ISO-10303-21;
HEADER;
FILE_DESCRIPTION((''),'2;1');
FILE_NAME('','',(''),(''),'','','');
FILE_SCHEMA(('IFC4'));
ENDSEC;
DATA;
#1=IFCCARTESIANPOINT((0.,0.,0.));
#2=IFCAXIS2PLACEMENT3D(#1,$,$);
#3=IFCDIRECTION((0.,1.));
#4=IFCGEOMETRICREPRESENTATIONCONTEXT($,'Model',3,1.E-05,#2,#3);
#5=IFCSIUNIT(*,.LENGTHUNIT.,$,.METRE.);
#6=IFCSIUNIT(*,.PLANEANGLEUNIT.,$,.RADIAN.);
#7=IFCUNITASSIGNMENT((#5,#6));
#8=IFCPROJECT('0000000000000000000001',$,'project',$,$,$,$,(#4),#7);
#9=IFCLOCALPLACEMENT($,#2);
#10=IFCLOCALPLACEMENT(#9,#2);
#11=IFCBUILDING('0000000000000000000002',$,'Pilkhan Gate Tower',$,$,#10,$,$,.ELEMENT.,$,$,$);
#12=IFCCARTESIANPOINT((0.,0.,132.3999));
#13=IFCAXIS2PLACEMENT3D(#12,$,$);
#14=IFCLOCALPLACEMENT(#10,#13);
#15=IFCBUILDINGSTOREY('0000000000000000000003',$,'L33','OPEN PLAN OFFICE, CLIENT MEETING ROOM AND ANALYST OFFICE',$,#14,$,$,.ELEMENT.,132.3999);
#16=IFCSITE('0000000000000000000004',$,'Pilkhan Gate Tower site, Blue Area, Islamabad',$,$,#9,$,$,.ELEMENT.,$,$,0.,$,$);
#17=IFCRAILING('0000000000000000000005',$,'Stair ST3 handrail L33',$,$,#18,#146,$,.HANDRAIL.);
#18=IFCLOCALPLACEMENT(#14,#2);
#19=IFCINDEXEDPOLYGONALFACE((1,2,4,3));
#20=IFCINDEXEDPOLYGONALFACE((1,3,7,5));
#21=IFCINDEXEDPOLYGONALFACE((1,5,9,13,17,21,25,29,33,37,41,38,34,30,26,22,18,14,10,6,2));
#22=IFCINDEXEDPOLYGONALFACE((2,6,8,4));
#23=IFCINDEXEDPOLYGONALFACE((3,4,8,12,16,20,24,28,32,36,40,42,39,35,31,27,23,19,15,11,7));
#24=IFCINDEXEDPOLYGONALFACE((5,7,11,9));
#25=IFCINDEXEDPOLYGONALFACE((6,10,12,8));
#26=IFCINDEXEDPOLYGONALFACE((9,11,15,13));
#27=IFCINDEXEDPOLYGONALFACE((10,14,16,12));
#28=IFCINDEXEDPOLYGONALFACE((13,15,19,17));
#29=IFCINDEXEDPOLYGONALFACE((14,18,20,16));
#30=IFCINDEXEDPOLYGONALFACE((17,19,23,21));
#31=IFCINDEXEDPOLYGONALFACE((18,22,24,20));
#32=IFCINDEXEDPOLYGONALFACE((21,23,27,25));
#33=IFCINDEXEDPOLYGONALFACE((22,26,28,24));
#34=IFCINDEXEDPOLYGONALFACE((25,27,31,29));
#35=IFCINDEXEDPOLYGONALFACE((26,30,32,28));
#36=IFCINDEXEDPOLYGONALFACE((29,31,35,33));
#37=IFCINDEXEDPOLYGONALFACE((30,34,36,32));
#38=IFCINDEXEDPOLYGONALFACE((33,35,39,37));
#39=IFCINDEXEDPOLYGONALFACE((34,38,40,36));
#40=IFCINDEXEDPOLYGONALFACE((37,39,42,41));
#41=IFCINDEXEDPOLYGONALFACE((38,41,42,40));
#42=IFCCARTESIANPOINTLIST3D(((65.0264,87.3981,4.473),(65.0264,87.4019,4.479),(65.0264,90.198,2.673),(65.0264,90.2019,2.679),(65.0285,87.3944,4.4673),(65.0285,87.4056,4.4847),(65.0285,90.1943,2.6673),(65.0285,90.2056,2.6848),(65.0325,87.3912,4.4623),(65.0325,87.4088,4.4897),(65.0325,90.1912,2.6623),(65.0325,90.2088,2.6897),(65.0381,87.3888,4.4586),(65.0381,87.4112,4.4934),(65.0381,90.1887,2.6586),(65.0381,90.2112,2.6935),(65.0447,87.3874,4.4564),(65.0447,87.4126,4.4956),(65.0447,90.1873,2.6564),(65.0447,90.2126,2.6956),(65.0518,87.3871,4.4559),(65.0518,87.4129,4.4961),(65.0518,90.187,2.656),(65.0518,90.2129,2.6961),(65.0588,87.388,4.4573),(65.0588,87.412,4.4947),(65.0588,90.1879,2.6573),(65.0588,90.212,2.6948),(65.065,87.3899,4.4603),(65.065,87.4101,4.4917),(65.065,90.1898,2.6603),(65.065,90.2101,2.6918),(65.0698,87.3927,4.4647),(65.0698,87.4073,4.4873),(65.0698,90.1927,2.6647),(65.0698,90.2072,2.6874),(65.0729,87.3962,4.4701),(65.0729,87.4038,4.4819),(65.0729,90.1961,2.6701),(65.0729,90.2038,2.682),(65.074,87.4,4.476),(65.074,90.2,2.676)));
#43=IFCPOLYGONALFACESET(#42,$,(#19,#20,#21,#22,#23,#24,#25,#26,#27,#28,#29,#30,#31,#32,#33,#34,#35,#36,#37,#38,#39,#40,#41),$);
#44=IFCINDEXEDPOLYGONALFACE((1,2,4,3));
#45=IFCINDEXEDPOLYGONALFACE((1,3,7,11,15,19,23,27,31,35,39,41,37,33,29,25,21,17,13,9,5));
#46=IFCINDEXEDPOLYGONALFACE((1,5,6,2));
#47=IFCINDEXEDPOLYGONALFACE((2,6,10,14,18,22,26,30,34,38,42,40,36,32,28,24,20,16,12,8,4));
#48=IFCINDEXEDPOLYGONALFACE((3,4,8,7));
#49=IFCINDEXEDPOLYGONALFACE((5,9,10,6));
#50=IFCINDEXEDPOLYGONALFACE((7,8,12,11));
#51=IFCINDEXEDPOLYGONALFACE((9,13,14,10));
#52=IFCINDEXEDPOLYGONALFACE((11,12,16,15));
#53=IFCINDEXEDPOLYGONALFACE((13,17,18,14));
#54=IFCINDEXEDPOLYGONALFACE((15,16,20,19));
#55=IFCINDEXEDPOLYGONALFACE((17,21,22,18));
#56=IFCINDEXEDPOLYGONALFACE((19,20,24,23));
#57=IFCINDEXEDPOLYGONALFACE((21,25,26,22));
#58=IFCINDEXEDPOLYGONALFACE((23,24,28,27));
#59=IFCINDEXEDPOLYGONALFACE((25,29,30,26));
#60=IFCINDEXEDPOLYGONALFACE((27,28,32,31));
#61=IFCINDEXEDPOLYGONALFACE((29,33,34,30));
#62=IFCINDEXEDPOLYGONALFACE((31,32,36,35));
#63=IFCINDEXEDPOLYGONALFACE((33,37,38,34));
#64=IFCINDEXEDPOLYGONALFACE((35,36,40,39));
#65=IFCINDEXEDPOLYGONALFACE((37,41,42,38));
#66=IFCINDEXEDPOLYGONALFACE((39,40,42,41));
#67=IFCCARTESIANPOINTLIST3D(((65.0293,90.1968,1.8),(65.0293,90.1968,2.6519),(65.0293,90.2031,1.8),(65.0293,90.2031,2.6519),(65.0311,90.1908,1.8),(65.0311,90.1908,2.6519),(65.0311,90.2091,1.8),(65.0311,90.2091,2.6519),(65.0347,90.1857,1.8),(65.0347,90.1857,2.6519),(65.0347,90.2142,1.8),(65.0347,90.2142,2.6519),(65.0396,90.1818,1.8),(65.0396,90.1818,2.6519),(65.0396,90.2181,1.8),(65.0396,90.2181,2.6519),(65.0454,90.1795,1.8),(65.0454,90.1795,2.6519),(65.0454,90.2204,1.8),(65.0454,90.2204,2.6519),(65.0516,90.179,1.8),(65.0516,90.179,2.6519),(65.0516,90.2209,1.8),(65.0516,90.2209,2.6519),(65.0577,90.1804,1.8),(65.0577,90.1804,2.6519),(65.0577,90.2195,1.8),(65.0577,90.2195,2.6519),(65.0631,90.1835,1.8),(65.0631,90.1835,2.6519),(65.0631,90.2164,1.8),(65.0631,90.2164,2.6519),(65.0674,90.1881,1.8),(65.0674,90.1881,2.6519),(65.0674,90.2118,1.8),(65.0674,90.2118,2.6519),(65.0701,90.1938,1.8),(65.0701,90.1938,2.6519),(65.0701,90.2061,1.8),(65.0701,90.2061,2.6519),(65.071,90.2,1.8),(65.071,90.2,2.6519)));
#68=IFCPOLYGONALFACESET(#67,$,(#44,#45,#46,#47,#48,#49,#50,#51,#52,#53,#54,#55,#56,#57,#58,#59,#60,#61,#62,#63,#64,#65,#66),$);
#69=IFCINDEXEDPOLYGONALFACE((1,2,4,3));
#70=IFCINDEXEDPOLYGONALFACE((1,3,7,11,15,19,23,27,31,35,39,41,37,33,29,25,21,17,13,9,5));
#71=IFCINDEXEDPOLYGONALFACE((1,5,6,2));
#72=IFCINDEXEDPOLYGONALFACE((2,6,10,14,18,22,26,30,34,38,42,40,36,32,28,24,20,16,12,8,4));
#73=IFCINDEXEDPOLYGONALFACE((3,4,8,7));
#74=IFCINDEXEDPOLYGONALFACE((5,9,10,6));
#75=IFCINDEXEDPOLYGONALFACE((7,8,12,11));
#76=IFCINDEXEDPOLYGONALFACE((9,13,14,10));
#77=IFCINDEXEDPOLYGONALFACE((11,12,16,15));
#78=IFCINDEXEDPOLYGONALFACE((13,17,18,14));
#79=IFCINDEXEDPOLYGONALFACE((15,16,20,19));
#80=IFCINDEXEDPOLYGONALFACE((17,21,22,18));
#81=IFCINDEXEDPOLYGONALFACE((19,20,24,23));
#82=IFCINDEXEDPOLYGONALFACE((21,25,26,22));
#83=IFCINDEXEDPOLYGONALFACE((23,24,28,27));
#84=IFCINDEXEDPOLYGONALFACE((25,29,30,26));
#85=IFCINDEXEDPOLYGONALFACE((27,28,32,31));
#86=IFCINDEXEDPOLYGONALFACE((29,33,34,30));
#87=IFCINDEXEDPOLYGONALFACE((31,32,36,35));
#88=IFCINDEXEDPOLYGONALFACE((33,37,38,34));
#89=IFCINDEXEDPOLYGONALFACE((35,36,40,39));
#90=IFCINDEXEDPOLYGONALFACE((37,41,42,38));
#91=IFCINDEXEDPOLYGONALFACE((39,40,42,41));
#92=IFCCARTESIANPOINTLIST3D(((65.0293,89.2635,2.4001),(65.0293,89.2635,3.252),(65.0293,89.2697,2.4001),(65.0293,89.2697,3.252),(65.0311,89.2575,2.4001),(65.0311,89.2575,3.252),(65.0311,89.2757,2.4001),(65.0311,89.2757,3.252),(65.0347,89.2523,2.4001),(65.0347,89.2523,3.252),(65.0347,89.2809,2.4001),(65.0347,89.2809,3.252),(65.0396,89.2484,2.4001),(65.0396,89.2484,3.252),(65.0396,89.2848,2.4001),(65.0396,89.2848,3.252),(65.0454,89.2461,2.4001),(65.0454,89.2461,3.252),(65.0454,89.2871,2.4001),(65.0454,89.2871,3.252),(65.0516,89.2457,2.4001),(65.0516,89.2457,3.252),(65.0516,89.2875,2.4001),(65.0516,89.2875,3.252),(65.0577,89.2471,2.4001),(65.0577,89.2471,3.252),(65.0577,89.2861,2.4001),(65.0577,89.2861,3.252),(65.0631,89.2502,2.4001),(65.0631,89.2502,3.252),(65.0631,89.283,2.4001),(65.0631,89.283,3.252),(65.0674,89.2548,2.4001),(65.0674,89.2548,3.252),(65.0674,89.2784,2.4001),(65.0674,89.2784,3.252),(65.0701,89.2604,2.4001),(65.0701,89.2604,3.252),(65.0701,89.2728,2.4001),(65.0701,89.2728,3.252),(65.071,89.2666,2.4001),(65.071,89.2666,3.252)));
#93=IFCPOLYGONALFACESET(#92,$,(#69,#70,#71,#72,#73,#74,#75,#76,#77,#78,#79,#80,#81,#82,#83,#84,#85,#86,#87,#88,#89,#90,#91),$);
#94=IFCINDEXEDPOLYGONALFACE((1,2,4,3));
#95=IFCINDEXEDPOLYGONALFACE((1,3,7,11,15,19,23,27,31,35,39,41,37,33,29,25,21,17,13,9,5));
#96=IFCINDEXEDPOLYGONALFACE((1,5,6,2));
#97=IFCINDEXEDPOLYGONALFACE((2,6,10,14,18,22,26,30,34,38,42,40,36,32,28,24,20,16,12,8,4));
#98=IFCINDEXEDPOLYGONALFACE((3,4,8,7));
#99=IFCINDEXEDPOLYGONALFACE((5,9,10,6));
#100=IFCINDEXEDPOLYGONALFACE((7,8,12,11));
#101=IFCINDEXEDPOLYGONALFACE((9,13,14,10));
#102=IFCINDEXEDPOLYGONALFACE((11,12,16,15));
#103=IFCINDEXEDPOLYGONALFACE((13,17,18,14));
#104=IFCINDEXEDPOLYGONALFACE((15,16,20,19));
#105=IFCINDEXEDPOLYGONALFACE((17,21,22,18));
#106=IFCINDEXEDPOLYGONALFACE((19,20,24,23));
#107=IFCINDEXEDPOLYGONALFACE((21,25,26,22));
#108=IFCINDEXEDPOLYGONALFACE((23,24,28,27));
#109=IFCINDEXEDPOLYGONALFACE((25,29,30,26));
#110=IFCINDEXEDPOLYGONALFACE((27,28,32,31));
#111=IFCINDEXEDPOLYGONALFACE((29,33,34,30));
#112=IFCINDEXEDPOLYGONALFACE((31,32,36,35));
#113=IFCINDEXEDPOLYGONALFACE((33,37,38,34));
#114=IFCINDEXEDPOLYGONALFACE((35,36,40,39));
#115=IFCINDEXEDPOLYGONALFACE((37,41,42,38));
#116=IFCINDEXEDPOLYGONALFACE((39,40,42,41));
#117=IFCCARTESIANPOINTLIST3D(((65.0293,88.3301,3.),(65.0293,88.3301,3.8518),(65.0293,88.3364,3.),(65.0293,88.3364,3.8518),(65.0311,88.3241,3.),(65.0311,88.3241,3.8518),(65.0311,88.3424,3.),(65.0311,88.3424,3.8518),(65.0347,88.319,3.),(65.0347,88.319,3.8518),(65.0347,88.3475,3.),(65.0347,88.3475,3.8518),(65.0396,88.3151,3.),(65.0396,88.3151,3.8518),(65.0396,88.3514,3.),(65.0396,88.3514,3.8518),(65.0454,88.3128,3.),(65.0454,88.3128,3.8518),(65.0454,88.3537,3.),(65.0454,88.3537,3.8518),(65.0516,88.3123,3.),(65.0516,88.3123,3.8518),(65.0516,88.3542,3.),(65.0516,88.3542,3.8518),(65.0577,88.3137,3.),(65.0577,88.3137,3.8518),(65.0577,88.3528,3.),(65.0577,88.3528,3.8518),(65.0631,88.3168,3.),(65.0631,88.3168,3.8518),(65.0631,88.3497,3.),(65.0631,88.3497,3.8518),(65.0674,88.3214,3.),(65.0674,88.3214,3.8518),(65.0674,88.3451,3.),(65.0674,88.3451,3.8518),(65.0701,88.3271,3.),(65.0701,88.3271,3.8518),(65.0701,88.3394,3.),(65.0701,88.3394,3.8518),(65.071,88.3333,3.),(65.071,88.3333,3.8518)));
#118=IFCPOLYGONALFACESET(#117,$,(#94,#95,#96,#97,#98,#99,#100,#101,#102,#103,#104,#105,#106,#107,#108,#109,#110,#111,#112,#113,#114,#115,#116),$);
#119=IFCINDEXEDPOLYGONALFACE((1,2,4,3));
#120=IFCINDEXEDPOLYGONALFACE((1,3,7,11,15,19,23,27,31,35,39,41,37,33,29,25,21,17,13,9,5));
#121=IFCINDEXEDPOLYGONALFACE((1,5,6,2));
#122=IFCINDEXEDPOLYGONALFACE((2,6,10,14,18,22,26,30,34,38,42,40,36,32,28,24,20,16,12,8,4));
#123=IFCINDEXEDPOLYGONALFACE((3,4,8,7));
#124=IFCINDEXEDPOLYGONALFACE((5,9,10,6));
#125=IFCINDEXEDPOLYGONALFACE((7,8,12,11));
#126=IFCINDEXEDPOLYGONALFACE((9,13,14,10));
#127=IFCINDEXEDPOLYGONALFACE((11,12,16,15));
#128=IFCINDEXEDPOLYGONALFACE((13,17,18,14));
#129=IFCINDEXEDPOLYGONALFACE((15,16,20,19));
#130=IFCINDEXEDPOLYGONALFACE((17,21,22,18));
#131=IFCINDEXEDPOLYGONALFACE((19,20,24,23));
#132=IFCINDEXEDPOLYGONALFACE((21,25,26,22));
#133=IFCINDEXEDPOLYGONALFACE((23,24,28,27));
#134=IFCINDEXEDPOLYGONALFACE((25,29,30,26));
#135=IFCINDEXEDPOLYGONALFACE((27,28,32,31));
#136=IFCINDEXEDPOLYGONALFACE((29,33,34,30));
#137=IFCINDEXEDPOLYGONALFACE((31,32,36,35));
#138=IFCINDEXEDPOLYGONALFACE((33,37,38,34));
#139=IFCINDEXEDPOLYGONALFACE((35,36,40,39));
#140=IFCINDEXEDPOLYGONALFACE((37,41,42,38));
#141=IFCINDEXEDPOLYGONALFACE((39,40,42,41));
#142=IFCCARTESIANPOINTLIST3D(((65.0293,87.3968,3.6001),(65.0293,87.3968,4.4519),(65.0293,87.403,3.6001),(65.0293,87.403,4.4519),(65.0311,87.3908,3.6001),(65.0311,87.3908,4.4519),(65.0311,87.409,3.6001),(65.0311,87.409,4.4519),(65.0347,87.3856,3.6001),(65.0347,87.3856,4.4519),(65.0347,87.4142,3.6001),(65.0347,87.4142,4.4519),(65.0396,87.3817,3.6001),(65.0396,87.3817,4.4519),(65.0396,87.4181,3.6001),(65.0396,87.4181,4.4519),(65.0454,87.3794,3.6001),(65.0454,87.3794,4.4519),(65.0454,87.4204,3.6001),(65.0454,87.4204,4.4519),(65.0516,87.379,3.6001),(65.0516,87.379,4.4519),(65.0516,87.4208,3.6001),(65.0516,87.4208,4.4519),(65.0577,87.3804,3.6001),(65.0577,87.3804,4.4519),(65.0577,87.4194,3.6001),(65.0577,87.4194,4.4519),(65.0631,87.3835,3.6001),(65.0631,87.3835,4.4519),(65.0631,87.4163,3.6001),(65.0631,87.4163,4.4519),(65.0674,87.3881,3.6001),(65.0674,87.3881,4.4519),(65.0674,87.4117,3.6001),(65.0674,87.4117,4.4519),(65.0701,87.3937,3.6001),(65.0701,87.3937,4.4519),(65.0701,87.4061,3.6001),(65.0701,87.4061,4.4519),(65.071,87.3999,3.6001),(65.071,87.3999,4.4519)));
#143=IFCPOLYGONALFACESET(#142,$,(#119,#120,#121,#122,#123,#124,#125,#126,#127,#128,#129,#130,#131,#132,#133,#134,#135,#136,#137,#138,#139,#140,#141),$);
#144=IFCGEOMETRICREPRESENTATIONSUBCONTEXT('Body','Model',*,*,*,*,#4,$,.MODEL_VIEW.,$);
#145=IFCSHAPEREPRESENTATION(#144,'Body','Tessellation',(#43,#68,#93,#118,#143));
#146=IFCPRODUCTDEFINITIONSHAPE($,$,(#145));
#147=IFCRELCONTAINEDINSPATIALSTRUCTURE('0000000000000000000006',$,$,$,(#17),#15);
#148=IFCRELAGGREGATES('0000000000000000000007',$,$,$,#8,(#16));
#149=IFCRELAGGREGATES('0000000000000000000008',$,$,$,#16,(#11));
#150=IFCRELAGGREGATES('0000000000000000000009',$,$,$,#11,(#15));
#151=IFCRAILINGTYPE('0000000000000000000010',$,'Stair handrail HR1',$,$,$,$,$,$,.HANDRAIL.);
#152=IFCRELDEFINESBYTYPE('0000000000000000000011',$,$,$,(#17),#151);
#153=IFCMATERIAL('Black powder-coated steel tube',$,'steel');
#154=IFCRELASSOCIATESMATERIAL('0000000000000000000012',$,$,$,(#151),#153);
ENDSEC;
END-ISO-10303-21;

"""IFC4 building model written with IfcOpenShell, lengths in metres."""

from ifc_helpers import new_model, si_unit, direction, frame, origin, origin_2d, place, context, subcontext, project, spatial, circle, extrude, material, type_object, element, save


model = new_model("IFC4")

# Units and contexts
model_context = context("Model", 3, precision=1e-05, world=origin(), true_north=direction((0.0, 1.0)))
body_context = subcontext(model_context, "Body", "Model", "MODEL_VIEW")
ifc_project = project(units=[si_unit("LENGTHUNIT", "METRE"), si_unit("PLANEANGLEUNIT", "RADIAN")], contexts=[model_context])

# Site, building, storey
site_placement = place(None, origin())
site = spatial("IfcSite", under=ifc_project, at=site_placement, Name="Pilkhan Gate Tower site, Blue Area, Islamabad", CompositionType="ELEMENT", RefElevation=0.0)
building_placement = place(site_placement, origin())
building = spatial("IfcBuilding", under=site, at=building_placement, Name="Pilkhan Gate Tower", CompositionType="ELEMENT")
storey_placement = place(building_placement, frame((0.0, 0.0, 132.3999)))
storey = spatial("IfcBuildingStorey", under=building, at=storey_placement, Name="L33", Description="OPEN PLAN OFFICE, CLIENT MEETING ROOM AND ANALYST OFFICE", CompositionType="ELEMENT", Elevation=132.3999)

# Railing
ifc_material_1 = material(Name="Black powder-coated steel tube", Category="steel")
railing_type_1 = type_object("IfcRailingType", Name="Stair handrail HR1", PredefinedType="HANDRAIL", material=ifc_material_1)
railing_1_placement = place(storey_placement, frame((65.05, 90.2, 1.8)))
element("IfcRailing", 1, at=railing_1_placement, inside=storey, type_object=railing_type_1, Name="Stair ST3 handrail L33", PredefinedType="HANDRAIL", context=body_context, shape_type="SweptSolid", body=[
    extrude(circle(Radius=0.0239, at=origin_2d()), frame((0.0, 0.0, 0.876), z_axis=(0.0, -0.841176, 0.540761), x_axis=(1.0, 0.0, 0.0)), (0.0, 0.0, 1.0), 3.3286),
    extrude(circle(Radius=0.021, at=origin_2d()), origin(), (0.0, 0.0, 1.0), 0.8518),
    extrude(circle(Radius=0.021, at=origin_2d()), frame((0.0, -0.9333, 0.6001)), (0.0, 0.0, 1.0), 0.8518),
    extrude(circle(Radius=0.021, at=origin_2d()), frame((0.0, -1.8667, 1.2)), (0.0, 0.0, 1.0), 0.8518),
    extrude(circle(Radius=0.021, at=origin_2d()), frame((0.0, -2.8, 1.8)), (0.0, 0.0, 1.0), 0.8518),
])

save(model, "model.ifc")
